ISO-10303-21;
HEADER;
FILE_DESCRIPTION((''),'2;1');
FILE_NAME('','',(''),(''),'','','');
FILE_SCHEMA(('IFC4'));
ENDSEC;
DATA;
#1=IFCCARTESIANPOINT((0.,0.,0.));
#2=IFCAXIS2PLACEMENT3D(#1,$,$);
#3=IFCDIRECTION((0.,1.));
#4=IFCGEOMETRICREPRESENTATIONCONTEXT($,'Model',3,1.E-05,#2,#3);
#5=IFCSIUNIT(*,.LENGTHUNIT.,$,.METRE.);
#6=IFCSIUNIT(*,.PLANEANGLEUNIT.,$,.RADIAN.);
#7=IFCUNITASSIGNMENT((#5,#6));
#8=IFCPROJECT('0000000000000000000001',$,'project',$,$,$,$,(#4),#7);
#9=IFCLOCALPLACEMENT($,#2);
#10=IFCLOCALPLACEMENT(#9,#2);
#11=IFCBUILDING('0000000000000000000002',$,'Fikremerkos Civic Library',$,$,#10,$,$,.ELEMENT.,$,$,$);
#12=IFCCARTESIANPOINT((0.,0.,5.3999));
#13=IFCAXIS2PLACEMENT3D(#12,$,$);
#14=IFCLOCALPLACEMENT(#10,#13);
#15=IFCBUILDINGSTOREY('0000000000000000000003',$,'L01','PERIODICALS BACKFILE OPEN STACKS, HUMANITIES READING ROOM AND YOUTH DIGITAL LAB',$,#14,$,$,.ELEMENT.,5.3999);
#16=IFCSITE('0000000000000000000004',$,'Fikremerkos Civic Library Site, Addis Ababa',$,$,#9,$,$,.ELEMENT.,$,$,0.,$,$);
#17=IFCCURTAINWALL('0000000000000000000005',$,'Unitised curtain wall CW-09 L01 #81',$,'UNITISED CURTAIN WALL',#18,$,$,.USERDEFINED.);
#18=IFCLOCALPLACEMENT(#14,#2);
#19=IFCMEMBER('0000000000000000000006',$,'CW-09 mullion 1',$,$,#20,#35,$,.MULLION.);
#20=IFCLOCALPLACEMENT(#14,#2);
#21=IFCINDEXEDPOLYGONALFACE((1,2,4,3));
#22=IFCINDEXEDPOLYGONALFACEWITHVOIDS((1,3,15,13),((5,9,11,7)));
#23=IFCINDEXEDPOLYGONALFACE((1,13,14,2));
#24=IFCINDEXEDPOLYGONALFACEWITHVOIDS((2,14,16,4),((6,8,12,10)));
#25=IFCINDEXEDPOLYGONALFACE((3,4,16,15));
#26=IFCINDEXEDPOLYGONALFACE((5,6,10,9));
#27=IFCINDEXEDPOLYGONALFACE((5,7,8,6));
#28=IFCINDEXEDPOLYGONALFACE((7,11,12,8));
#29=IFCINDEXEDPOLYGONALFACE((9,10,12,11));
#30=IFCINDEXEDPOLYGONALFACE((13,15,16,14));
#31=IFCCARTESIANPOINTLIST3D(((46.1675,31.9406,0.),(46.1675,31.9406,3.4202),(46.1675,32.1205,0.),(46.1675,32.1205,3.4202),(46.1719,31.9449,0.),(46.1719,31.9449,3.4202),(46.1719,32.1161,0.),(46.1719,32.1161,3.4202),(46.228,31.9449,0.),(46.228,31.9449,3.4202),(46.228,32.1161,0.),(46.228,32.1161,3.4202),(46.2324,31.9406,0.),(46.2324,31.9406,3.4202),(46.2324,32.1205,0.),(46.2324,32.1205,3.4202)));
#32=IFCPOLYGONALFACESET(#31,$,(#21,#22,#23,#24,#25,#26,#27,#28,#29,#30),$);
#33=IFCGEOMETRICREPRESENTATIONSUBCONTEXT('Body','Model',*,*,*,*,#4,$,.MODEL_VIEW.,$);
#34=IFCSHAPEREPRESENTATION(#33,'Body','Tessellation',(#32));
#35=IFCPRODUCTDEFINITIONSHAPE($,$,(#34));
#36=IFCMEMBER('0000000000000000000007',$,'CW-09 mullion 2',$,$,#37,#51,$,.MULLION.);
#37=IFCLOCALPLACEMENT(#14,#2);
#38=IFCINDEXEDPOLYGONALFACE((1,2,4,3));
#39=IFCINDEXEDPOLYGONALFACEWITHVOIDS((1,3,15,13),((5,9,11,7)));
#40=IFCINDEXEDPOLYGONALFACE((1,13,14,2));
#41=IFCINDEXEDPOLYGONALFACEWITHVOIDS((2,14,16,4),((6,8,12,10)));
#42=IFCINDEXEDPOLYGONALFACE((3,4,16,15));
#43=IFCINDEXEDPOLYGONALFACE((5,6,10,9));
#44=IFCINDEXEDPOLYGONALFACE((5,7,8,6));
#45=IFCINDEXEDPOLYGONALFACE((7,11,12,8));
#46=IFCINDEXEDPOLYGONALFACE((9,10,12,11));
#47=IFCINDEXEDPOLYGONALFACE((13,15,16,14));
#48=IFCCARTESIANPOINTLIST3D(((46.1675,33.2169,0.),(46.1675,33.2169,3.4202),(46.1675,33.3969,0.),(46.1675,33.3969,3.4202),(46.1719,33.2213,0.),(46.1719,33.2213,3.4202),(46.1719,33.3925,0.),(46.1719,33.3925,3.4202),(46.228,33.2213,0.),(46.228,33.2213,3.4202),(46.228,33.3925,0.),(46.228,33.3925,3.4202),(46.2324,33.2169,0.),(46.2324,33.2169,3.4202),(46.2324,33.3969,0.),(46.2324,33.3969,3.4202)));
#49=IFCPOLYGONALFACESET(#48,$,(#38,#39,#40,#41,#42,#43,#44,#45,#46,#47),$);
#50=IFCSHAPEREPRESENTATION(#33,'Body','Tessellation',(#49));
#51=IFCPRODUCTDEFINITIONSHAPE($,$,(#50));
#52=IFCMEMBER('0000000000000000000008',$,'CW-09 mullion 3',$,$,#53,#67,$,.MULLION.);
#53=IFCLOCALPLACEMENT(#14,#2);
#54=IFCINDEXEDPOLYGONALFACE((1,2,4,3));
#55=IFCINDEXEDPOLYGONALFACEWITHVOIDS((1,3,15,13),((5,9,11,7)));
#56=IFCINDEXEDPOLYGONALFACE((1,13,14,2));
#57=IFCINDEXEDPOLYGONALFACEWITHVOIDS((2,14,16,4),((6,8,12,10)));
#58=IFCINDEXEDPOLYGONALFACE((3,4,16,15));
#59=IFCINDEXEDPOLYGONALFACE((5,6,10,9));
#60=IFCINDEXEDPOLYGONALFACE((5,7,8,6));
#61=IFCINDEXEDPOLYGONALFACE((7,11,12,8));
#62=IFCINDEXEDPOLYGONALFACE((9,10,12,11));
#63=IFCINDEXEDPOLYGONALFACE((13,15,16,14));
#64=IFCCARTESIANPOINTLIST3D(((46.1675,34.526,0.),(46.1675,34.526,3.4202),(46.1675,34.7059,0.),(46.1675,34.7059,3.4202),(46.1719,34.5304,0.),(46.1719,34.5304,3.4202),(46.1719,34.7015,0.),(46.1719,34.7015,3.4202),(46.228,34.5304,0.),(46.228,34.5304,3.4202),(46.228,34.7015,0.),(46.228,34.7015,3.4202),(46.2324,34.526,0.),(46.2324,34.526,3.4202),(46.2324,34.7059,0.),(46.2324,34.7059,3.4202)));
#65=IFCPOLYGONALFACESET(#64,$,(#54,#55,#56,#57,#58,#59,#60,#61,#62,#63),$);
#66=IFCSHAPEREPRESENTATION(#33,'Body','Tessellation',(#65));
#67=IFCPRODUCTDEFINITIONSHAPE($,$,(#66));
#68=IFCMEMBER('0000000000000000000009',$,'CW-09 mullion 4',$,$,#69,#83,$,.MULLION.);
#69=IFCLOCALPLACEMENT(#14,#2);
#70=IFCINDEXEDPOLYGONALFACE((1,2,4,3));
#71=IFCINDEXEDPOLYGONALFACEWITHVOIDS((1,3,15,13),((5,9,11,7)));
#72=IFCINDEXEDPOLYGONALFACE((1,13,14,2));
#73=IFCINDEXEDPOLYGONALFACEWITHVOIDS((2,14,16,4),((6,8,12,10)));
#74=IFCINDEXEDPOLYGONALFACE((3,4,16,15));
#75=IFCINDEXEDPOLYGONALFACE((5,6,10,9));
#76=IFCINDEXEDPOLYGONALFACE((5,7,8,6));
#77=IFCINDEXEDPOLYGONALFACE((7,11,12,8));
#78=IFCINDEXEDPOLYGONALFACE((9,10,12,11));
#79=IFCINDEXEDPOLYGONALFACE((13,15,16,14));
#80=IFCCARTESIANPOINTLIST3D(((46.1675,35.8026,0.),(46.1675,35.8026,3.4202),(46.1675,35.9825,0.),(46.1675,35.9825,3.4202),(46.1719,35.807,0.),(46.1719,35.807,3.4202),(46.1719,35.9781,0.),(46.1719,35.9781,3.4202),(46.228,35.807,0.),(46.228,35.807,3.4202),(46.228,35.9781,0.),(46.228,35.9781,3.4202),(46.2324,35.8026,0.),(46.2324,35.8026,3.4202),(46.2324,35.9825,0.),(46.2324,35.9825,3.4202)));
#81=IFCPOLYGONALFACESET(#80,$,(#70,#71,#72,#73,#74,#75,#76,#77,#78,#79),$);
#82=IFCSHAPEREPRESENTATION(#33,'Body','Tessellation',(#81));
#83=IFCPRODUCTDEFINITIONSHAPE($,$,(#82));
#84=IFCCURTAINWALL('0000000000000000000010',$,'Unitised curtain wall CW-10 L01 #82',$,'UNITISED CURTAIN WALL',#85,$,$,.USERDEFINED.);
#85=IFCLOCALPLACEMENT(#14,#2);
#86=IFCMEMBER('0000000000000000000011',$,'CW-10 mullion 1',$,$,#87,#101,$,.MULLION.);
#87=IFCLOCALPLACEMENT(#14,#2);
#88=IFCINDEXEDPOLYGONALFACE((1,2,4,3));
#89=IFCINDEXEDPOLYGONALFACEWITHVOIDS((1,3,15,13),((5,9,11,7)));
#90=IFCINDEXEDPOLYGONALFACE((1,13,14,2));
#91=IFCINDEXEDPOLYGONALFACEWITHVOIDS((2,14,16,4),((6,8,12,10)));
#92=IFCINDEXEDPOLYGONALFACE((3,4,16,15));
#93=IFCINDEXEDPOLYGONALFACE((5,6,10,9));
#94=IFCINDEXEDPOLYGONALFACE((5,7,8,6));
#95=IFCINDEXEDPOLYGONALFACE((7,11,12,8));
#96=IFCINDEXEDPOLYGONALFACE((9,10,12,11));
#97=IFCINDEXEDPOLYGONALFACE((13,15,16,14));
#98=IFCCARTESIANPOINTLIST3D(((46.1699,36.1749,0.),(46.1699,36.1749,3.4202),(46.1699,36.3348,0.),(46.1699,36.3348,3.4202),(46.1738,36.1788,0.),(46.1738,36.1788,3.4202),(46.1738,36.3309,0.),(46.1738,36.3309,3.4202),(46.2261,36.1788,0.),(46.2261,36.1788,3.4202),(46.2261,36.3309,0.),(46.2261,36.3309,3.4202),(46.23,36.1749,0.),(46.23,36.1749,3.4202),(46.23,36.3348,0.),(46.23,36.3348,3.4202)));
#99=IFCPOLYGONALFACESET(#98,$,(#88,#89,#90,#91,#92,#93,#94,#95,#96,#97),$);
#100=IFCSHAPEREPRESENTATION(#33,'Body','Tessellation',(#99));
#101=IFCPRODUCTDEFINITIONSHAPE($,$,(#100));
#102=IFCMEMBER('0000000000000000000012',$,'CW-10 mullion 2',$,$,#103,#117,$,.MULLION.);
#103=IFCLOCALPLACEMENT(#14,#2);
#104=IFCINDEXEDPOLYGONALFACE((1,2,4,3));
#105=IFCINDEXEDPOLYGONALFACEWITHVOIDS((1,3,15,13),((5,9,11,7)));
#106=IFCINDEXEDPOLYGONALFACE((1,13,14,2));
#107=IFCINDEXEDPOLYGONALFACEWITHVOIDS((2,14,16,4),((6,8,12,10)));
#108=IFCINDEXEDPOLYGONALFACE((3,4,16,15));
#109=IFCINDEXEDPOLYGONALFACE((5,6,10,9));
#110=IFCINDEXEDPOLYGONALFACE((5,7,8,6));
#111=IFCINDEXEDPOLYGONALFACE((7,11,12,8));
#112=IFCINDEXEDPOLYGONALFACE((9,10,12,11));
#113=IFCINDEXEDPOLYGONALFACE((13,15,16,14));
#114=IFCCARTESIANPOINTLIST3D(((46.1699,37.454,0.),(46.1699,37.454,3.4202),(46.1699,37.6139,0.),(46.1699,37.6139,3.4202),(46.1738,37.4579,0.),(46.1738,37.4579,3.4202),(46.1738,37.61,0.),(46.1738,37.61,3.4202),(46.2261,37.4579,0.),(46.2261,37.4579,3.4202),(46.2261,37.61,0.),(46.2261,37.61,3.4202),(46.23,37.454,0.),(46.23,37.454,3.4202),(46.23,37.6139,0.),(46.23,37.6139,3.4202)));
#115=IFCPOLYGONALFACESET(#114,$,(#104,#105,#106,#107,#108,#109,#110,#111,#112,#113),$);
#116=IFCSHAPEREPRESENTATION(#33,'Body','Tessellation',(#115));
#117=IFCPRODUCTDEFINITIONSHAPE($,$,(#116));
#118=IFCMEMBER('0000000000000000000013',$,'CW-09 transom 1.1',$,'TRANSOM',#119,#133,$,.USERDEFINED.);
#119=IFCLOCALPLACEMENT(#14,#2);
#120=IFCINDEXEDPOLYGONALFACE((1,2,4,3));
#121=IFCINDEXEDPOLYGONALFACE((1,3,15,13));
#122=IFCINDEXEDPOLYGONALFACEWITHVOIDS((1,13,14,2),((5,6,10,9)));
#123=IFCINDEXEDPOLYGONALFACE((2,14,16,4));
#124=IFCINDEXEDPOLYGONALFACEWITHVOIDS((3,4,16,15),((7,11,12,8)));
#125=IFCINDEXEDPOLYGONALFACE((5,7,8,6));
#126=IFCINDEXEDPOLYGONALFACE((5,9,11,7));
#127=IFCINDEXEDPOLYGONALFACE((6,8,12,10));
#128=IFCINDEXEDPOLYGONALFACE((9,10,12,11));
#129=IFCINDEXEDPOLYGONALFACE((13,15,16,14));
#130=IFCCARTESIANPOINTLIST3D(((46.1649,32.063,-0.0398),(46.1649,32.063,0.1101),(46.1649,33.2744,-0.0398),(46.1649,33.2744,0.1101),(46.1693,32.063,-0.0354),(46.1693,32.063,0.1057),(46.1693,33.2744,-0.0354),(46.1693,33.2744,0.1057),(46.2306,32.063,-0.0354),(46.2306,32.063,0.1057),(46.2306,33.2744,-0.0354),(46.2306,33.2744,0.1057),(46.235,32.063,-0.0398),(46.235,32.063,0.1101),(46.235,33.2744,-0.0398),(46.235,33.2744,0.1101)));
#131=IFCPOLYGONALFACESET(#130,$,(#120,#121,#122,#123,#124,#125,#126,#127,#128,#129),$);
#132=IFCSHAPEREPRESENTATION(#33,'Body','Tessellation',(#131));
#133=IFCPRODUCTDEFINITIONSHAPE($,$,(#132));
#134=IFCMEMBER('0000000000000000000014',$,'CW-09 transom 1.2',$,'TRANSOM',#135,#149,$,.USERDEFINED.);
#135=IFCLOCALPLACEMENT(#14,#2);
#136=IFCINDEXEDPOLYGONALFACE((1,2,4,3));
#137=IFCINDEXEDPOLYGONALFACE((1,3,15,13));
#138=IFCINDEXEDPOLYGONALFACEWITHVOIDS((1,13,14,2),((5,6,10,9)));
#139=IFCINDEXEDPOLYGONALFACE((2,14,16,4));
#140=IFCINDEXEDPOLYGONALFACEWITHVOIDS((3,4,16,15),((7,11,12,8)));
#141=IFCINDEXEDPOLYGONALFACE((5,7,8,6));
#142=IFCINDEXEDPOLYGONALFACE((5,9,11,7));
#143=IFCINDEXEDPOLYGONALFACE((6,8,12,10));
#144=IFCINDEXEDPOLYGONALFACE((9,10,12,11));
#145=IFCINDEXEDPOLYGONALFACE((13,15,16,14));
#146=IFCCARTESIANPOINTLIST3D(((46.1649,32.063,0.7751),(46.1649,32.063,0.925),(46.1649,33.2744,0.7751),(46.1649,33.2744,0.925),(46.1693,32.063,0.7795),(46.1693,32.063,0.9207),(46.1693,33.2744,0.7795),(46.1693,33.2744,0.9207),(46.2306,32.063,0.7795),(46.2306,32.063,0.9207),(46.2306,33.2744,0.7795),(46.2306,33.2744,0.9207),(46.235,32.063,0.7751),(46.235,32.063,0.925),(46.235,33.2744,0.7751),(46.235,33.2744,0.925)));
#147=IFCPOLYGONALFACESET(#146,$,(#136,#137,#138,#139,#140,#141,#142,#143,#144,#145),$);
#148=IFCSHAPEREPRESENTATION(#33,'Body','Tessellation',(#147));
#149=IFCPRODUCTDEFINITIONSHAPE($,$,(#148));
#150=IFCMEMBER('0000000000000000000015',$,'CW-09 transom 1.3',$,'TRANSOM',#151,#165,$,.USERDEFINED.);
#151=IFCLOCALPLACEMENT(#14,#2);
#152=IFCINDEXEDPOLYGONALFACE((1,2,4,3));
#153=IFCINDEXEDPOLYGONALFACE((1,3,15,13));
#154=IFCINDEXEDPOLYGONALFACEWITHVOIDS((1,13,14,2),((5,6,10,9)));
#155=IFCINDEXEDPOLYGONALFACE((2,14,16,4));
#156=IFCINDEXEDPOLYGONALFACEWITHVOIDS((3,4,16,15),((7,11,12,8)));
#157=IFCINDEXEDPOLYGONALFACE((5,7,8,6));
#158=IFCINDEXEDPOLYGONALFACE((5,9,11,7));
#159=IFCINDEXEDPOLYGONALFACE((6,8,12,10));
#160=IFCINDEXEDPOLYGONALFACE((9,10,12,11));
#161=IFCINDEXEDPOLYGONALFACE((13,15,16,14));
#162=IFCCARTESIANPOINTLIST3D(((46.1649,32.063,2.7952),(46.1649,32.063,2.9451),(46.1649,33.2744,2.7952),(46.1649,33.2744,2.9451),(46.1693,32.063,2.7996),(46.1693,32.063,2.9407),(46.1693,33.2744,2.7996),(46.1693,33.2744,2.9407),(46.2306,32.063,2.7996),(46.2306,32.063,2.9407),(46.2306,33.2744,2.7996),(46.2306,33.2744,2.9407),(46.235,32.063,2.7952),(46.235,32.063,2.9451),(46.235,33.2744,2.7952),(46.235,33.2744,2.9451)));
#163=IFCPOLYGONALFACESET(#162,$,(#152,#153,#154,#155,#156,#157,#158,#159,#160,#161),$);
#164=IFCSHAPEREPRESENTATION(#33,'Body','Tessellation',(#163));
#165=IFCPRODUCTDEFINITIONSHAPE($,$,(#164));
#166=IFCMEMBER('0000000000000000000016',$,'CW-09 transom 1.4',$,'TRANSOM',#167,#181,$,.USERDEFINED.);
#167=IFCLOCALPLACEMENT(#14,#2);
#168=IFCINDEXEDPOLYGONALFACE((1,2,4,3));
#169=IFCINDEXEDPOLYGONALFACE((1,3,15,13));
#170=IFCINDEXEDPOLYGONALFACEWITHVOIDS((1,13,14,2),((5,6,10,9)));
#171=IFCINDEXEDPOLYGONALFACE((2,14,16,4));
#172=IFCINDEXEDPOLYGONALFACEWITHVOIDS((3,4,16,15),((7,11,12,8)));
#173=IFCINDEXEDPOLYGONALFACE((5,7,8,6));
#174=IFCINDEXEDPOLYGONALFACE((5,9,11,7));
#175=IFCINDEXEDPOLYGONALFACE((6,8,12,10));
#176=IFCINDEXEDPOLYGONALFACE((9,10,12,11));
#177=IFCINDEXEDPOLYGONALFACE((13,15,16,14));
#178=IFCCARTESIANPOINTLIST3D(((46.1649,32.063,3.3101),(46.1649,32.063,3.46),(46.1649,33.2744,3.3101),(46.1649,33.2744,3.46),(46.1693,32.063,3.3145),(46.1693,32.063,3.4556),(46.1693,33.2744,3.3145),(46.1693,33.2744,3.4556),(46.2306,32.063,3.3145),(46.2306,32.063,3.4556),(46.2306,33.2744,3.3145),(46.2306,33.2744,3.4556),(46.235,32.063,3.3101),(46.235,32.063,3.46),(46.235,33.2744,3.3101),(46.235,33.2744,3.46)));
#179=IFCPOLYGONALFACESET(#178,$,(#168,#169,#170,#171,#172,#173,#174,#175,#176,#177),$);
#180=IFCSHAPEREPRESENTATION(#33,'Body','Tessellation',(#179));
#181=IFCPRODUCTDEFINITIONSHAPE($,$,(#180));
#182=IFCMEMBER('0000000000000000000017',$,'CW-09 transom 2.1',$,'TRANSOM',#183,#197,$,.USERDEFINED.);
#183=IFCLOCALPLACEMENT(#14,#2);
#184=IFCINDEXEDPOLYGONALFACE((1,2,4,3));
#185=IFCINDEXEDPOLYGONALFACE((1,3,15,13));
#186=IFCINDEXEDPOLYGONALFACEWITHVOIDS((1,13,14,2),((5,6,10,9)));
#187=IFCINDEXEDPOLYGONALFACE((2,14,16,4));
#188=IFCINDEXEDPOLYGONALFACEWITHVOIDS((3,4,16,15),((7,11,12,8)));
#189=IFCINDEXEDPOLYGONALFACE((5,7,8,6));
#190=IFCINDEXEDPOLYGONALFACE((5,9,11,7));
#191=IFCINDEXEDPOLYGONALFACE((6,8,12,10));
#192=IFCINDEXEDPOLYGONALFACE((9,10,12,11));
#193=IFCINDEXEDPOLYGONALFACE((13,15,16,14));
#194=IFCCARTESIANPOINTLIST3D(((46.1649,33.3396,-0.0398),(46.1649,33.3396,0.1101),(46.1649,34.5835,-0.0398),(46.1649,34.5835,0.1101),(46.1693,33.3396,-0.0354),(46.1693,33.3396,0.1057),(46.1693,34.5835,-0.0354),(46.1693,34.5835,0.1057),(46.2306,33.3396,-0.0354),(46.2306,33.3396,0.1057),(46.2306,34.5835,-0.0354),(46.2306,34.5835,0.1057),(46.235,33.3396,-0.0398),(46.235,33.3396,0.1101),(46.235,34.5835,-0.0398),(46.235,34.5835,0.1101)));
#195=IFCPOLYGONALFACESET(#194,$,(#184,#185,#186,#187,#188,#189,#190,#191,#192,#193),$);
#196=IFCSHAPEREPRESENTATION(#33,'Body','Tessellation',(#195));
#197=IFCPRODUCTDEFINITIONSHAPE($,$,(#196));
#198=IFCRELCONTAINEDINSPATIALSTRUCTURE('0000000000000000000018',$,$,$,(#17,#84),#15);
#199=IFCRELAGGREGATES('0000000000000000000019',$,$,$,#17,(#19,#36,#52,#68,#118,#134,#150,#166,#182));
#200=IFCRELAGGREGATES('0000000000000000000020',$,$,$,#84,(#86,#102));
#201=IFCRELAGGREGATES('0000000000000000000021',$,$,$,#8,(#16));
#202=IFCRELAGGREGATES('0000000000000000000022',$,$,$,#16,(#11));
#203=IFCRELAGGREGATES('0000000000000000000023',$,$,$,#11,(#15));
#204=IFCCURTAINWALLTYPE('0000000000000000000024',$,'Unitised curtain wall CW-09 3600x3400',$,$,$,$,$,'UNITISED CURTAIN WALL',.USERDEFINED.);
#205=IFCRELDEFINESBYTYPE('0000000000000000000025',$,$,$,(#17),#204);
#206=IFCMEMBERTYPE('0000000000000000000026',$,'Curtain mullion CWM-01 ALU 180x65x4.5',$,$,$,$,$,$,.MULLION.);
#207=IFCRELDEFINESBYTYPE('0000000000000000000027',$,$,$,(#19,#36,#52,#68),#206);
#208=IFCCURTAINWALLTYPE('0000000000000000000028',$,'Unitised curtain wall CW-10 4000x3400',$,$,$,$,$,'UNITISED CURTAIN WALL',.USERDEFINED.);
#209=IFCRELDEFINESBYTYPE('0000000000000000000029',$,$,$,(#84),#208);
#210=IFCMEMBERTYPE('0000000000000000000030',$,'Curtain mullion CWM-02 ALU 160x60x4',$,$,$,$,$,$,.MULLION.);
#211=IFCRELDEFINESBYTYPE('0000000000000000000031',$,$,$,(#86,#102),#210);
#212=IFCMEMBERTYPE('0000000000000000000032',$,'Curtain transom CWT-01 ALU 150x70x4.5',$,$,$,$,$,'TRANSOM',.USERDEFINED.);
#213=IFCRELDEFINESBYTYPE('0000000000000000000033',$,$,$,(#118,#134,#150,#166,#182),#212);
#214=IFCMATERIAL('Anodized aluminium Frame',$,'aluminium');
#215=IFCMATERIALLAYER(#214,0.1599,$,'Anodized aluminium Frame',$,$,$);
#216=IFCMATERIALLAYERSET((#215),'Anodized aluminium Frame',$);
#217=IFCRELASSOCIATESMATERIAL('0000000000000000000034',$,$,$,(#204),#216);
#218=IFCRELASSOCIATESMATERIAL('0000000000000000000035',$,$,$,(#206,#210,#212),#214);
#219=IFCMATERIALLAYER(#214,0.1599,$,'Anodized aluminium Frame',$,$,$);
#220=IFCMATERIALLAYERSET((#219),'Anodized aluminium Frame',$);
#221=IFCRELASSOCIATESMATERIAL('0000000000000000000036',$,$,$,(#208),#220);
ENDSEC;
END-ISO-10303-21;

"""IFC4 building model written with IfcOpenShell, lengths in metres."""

from ifc_helpers import new_model, si_unit, direction, frame, origin, origin_2d, place, context, subcontext, project, spatial, hollow_rectangle, extrude, material, layer, layer_set, material_profile, profile_set, type_object, element, aggregate, save


model = new_model("IFC4")

# Units and contexts
model_context = context("Model", 3, precision=1e-05, world=origin(), true_north=direction((0.0, 1.0)))
body_context = subcontext(model_context, "Body", "Model", "MODEL_VIEW")
ifc_project = project(units=[si_unit("LENGTHUNIT", "METRE"), si_unit("PLANEANGLEUNIT", "RADIAN")], contexts=[model_context])

# Site, building, storey
site_placement = place(None, origin())
site = spatial("IfcSite", under=ifc_project, at=site_placement, Name="Fikremerkos Civic Library Site, Addis Ababa", CompositionType="ELEMENT", RefElevation=0.0)
building_placement = place(site_placement, origin())
building = spatial("IfcBuilding", under=site, at=building_placement, Name="Fikremerkos Civic Library", CompositionType="ELEMENT")
storey_placement = place(building_placement, frame((0.0, 0.0, 5.3999)))
storey = spatial("IfcBuildingStorey", under=building, at=storey_placement, Name="L01", Description="PERIODICALS BACKFILE OPEN STACKS, HUMANITIES READING ROOM AND YOUTH DIGITAL LAB", CompositionType="ELEMENT", Elevation=5.3999)

# Curtain walls, members
ifc_material_1 = material(Name="Anodized aluminium Frame", Category="aluminium")
ifc_layer_1 = layer(ifc_material_1, 0.1599, Name="Anodized aluminium Frame")
ifc_layer_set_1 = layer_set([ifc_layer_1], Name="Anodized aluminium Frame")
curtain_wall_type_1 = type_object("IfcCurtainWallType", Name="Unitised curtain wall CW-09 3600x3400", ElementType="UNITISED CURTAIN WALL", PredefinedType="USERDEFINED", material=ifc_layer_set_1)
curtain_wall_1_placement = place(storey_placement, origin())
curtain_wall_1 = element("IfcCurtainWall", 1, at=curtain_wall_1_placement, inside=storey, type_object=curtain_wall_type_1, Name="Unitised curtain wall CW-09 L01 #81", ObjectType="UNITISED CURTAIN WALL", PredefinedType="USERDEFINED")
ifc_material_profile_1 = material_profile(ifc_material_1, hollow_rectangle(XDim=0.0649, YDim=0.1799, WallThickness=0.0044, at=origin_2d()), Name="ALU 180x65x4.5")
ifc_profile_set_1 = profile_set([ifc_material_profile_1], Name="Anodized aluminium Frame")
member_type_1 = type_object("IfcMemberType", Name="Curtain mullion CWM-01 ALU 180x65x4.5", PredefinedType="MULLION", material=ifc_profile_set_1)
member_1_placement = place(storey_placement, frame((46.2, 32.0305, 0.0), z_axis=(0.0, 0.0, 1.0), x_axis=(-1.0, 0.0, 0.0)))
member_1 = element("IfcMember", 2, at=member_1_placement, type_object=member_type_1, Name="CW-09 mullion 1", PredefinedType="MULLION", context=body_context, shape_type="SweptSolid", body=[
    extrude(hollow_rectangle(XDim=0.0649, YDim=0.1799, WallThickness=0.0044, at=origin_2d()), origin(), (0.0, 0.0, 1.0), 3.4202),
])
member_2_placement = place(storey_placement, frame((46.2, 33.3069, 0.0), z_axis=(0.0, 0.0, 1.0), x_axis=(-1.0, 0.0, 0.0)))
member_2 = element("IfcMember", 3, at=member_2_placement, type_object=member_type_1, Name="CW-09 mullion 2", PredefinedType="MULLION", context=body_context, shape_type="SweptSolid", body=[
    extrude(hollow_rectangle(XDim=0.0649, YDim=0.1799, WallThickness=0.0044, at=origin_2d()), origin(), (0.0, 0.0, 1.0), 3.4202),
])
member_3_placement = place(storey_placement, frame((46.2, 34.616, 0.0), z_axis=(0.0, 0.0, 1.0), x_axis=(-1.0, 0.0, 0.0)))
member_3 = element("IfcMember", 4, at=member_3_placement, type_object=member_type_1, Name="CW-09 mullion 3", PredefinedType="MULLION", context=body_context, shape_type="SweptSolid", body=[
    extrude(hollow_rectangle(XDim=0.0649, YDim=0.1799, WallThickness=0.0044, at=origin_2d()), origin(), (0.0, 0.0, 1.0), 3.4202),
])
member_4_placement = place(storey_placement, frame((46.2, 35.8926, 0.0), z_axis=(0.0, 0.0, 1.0), x_axis=(-1.0, 0.0, 0.0)))
member_4 = element("IfcMember", 5, at=member_4_placement, type_object=member_type_1, Name="CW-09 mullion 4", PredefinedType="MULLION", context=body_context, shape_type="SweptSolid", body=[
    extrude(hollow_rectangle(XDim=0.0649, YDim=0.1799, WallThickness=0.0044, at=origin_2d()), origin(), (0.0, 0.0, 1.0), 3.4202),
])
ifc_layer_2 = layer(ifc_material_1, 0.1599, Name="Anodized aluminium Frame")
ifc_layer_set_2 = layer_set([ifc_layer_2], Name="Anodized aluminium Frame")
curtain_wall_type_2 = type_object("IfcCurtainWallType", Name="Unitised curtain wall CW-10 4000x3400", ElementType="UNITISED CURTAIN WALL", PredefinedType="USERDEFINED", material=ifc_layer_set_2)
curtain_wall_2_placement = place(storey_placement, origin())
curtain_wall_2 = element("IfcCurtainWall", 6, at=curtain_wall_2_placement, inside=storey, type_object=curtain_wall_type_2, Name="Unitised curtain wall CW-10 L01 #82", ObjectType="UNITISED CURTAIN WALL", PredefinedType="USERDEFINED")
ifc_material_profile_2 = material_profile(ifc_material_1, hollow_rectangle(XDim=0.0601, YDim=0.1599, WallThickness=0.0039, at=origin_2d()), Name="ALU 160x60x4")
ifc_profile_set_2 = profile_set([ifc_material_profile_2], Name="Anodized aluminium Frame")
member_type_2 = type_object("IfcMemberType", Name="Curtain mullion CWM-02 ALU 160x60x4", PredefinedType="MULLION", material=ifc_profile_set_2)
member_5_placement = place(storey_placement, frame((46.2, 36.2549, 0.0), z_axis=(0.0, 0.0, 1.0), x_axis=(-1.0, 0.0, 0.0)))
member_5 = element("IfcMember", 7, at=member_5_placement, type_object=member_type_2, Name="CW-10 mullion 1", PredefinedType="MULLION", context=body_context, shape_type="SweptSolid", body=[
    extrude(hollow_rectangle(XDim=0.0601, YDim=0.1599, WallThickness=0.0039, at=origin_2d()), origin(), (0.0, 0.0, 1.0), 3.4202),
])
member_6_placement = place(storey_placement, frame((46.2, 37.5339, 0.0), z_axis=(0.0, 0.0, 1.0), x_axis=(-1.0, 0.0, 0.0)))
member_6 = element("IfcMember", 8, at=member_6_placement, type_object=member_type_2, Name="CW-10 mullion 2", PredefinedType="MULLION", context=body_context, shape_type="SweptSolid", body=[
    extrude(hollow_rectangle(XDim=0.0601, YDim=0.1599, WallThickness=0.0039, at=origin_2d()), origin(), (0.0, 0.0, 1.0), 3.4202),
])

# Members
ifc_material_profile_3 = material_profile(ifc_material_1, hollow_rectangle(XDim=0.0701, YDim=0.1499, WallThickness=0.0044, at=origin_2d()), Name="ALU 150x70x4.5")
ifc_profile_set_3 = profile_set([ifc_material_profile_3], Name="Anodized aluminium Frame")
member_type_3 = type_object("IfcMemberType", Name="Curtain transom CWT-01 ALU 150x70x4.5", ElementType="TRANSOM", PredefinedType="USERDEFINED", material=ifc_profile_set_3)
member_7_placement = place(storey_placement, frame((46.2, 32.063, 0.0352), z_axis=(0.0, 1.0, 0.0), x_axis=(-1.0, 0.0, 0.0)))
member_7 = element("IfcMember", 9, at=member_7_placement, type_object=member_type_3, Name="CW-09 transom 1.1", ObjectType="TRANSOM", PredefinedType="USERDEFINED", context=body_context, shape_type="SweptSolid", body=[
    extrude(hollow_rectangle(XDim=0.0701, YDim=0.1499, WallThickness=0.0044, at=origin_2d()), origin(), (0.0, 0.0, 1.0), 1.2114),
])
member_8_placement = place(storey_placement, frame((46.2, 32.063, 0.8501), z_axis=(0.0, 1.0, 0.0), x_axis=(-1.0, 0.0, 0.0)))
member_8 = element("IfcMember", 10, at=member_8_placement, type_object=member_type_3, Name="CW-09 transom 1.2", ObjectType="TRANSOM", PredefinedType="USERDEFINED", context=body_context, shape_type="SweptSolid", body=[
    extrude(hollow_rectangle(XDim=0.0701, YDim=0.1499, WallThickness=0.0044, at=origin_2d()), origin(), (0.0, 0.0, 1.0), 1.2114),
])
member_9_placement = place(storey_placement, frame((46.2, 32.063, 2.8701), z_axis=(0.0, 1.0, 0.0), x_axis=(-1.0, 0.0, 0.0)))
member_9 = element("IfcMember", 11, at=member_9_placement, type_object=member_type_3, Name="CW-09 transom 1.3", ObjectType="TRANSOM", PredefinedType="USERDEFINED", context=body_context, shape_type="SweptSolid", body=[
    extrude(hollow_rectangle(XDim=0.0701, YDim=0.1499, WallThickness=0.0044, at=origin_2d()), origin(), (0.0, 0.0, 1.0), 1.2114),
])
member_10_placement = place(storey_placement, frame((46.2, 32.063, 3.385), z_axis=(0.0, 1.0, 0.0), x_axis=(-1.0, 0.0, 0.0)))
member_10 = element("IfcMember", 12, at=member_10_placement, type_object=member_type_3, Name="CW-09 transom 1.4", ObjectType="TRANSOM", PredefinedType="USERDEFINED", context=body_context, shape_type="SweptSolid", body=[
    extrude(hollow_rectangle(XDim=0.0701, YDim=0.1499, WallThickness=0.0044, at=origin_2d()), origin(), (0.0, 0.0, 1.0), 1.2114),
])
member_11_placement = place(storey_placement, frame((46.2, 33.3396, 0.0352), z_axis=(0.0, 1.0, 0.0), x_axis=(-1.0, 0.0, 0.0)))
member_11 = element("IfcMember", 13, at=member_11_placement, type_object=member_type_3, Name="CW-09 transom 2.1", ObjectType="TRANSOM", PredefinedType="USERDEFINED", context=body_context, shape_type="SweptSolid", body=[
    extrude(hollow_rectangle(XDim=0.0701, YDim=0.1499, WallThickness=0.0044, at=origin_2d()), origin(), (0.0, 0.0, 1.0), 1.2439),
])

aggregate(curtain_wall_1, [member_1, member_2, member_3, member_4, member_7, member_8, member_9, member_10, member_11])
aggregate(curtain_wall_2, [member_5, member_6])

save(model, "model.ifc")
